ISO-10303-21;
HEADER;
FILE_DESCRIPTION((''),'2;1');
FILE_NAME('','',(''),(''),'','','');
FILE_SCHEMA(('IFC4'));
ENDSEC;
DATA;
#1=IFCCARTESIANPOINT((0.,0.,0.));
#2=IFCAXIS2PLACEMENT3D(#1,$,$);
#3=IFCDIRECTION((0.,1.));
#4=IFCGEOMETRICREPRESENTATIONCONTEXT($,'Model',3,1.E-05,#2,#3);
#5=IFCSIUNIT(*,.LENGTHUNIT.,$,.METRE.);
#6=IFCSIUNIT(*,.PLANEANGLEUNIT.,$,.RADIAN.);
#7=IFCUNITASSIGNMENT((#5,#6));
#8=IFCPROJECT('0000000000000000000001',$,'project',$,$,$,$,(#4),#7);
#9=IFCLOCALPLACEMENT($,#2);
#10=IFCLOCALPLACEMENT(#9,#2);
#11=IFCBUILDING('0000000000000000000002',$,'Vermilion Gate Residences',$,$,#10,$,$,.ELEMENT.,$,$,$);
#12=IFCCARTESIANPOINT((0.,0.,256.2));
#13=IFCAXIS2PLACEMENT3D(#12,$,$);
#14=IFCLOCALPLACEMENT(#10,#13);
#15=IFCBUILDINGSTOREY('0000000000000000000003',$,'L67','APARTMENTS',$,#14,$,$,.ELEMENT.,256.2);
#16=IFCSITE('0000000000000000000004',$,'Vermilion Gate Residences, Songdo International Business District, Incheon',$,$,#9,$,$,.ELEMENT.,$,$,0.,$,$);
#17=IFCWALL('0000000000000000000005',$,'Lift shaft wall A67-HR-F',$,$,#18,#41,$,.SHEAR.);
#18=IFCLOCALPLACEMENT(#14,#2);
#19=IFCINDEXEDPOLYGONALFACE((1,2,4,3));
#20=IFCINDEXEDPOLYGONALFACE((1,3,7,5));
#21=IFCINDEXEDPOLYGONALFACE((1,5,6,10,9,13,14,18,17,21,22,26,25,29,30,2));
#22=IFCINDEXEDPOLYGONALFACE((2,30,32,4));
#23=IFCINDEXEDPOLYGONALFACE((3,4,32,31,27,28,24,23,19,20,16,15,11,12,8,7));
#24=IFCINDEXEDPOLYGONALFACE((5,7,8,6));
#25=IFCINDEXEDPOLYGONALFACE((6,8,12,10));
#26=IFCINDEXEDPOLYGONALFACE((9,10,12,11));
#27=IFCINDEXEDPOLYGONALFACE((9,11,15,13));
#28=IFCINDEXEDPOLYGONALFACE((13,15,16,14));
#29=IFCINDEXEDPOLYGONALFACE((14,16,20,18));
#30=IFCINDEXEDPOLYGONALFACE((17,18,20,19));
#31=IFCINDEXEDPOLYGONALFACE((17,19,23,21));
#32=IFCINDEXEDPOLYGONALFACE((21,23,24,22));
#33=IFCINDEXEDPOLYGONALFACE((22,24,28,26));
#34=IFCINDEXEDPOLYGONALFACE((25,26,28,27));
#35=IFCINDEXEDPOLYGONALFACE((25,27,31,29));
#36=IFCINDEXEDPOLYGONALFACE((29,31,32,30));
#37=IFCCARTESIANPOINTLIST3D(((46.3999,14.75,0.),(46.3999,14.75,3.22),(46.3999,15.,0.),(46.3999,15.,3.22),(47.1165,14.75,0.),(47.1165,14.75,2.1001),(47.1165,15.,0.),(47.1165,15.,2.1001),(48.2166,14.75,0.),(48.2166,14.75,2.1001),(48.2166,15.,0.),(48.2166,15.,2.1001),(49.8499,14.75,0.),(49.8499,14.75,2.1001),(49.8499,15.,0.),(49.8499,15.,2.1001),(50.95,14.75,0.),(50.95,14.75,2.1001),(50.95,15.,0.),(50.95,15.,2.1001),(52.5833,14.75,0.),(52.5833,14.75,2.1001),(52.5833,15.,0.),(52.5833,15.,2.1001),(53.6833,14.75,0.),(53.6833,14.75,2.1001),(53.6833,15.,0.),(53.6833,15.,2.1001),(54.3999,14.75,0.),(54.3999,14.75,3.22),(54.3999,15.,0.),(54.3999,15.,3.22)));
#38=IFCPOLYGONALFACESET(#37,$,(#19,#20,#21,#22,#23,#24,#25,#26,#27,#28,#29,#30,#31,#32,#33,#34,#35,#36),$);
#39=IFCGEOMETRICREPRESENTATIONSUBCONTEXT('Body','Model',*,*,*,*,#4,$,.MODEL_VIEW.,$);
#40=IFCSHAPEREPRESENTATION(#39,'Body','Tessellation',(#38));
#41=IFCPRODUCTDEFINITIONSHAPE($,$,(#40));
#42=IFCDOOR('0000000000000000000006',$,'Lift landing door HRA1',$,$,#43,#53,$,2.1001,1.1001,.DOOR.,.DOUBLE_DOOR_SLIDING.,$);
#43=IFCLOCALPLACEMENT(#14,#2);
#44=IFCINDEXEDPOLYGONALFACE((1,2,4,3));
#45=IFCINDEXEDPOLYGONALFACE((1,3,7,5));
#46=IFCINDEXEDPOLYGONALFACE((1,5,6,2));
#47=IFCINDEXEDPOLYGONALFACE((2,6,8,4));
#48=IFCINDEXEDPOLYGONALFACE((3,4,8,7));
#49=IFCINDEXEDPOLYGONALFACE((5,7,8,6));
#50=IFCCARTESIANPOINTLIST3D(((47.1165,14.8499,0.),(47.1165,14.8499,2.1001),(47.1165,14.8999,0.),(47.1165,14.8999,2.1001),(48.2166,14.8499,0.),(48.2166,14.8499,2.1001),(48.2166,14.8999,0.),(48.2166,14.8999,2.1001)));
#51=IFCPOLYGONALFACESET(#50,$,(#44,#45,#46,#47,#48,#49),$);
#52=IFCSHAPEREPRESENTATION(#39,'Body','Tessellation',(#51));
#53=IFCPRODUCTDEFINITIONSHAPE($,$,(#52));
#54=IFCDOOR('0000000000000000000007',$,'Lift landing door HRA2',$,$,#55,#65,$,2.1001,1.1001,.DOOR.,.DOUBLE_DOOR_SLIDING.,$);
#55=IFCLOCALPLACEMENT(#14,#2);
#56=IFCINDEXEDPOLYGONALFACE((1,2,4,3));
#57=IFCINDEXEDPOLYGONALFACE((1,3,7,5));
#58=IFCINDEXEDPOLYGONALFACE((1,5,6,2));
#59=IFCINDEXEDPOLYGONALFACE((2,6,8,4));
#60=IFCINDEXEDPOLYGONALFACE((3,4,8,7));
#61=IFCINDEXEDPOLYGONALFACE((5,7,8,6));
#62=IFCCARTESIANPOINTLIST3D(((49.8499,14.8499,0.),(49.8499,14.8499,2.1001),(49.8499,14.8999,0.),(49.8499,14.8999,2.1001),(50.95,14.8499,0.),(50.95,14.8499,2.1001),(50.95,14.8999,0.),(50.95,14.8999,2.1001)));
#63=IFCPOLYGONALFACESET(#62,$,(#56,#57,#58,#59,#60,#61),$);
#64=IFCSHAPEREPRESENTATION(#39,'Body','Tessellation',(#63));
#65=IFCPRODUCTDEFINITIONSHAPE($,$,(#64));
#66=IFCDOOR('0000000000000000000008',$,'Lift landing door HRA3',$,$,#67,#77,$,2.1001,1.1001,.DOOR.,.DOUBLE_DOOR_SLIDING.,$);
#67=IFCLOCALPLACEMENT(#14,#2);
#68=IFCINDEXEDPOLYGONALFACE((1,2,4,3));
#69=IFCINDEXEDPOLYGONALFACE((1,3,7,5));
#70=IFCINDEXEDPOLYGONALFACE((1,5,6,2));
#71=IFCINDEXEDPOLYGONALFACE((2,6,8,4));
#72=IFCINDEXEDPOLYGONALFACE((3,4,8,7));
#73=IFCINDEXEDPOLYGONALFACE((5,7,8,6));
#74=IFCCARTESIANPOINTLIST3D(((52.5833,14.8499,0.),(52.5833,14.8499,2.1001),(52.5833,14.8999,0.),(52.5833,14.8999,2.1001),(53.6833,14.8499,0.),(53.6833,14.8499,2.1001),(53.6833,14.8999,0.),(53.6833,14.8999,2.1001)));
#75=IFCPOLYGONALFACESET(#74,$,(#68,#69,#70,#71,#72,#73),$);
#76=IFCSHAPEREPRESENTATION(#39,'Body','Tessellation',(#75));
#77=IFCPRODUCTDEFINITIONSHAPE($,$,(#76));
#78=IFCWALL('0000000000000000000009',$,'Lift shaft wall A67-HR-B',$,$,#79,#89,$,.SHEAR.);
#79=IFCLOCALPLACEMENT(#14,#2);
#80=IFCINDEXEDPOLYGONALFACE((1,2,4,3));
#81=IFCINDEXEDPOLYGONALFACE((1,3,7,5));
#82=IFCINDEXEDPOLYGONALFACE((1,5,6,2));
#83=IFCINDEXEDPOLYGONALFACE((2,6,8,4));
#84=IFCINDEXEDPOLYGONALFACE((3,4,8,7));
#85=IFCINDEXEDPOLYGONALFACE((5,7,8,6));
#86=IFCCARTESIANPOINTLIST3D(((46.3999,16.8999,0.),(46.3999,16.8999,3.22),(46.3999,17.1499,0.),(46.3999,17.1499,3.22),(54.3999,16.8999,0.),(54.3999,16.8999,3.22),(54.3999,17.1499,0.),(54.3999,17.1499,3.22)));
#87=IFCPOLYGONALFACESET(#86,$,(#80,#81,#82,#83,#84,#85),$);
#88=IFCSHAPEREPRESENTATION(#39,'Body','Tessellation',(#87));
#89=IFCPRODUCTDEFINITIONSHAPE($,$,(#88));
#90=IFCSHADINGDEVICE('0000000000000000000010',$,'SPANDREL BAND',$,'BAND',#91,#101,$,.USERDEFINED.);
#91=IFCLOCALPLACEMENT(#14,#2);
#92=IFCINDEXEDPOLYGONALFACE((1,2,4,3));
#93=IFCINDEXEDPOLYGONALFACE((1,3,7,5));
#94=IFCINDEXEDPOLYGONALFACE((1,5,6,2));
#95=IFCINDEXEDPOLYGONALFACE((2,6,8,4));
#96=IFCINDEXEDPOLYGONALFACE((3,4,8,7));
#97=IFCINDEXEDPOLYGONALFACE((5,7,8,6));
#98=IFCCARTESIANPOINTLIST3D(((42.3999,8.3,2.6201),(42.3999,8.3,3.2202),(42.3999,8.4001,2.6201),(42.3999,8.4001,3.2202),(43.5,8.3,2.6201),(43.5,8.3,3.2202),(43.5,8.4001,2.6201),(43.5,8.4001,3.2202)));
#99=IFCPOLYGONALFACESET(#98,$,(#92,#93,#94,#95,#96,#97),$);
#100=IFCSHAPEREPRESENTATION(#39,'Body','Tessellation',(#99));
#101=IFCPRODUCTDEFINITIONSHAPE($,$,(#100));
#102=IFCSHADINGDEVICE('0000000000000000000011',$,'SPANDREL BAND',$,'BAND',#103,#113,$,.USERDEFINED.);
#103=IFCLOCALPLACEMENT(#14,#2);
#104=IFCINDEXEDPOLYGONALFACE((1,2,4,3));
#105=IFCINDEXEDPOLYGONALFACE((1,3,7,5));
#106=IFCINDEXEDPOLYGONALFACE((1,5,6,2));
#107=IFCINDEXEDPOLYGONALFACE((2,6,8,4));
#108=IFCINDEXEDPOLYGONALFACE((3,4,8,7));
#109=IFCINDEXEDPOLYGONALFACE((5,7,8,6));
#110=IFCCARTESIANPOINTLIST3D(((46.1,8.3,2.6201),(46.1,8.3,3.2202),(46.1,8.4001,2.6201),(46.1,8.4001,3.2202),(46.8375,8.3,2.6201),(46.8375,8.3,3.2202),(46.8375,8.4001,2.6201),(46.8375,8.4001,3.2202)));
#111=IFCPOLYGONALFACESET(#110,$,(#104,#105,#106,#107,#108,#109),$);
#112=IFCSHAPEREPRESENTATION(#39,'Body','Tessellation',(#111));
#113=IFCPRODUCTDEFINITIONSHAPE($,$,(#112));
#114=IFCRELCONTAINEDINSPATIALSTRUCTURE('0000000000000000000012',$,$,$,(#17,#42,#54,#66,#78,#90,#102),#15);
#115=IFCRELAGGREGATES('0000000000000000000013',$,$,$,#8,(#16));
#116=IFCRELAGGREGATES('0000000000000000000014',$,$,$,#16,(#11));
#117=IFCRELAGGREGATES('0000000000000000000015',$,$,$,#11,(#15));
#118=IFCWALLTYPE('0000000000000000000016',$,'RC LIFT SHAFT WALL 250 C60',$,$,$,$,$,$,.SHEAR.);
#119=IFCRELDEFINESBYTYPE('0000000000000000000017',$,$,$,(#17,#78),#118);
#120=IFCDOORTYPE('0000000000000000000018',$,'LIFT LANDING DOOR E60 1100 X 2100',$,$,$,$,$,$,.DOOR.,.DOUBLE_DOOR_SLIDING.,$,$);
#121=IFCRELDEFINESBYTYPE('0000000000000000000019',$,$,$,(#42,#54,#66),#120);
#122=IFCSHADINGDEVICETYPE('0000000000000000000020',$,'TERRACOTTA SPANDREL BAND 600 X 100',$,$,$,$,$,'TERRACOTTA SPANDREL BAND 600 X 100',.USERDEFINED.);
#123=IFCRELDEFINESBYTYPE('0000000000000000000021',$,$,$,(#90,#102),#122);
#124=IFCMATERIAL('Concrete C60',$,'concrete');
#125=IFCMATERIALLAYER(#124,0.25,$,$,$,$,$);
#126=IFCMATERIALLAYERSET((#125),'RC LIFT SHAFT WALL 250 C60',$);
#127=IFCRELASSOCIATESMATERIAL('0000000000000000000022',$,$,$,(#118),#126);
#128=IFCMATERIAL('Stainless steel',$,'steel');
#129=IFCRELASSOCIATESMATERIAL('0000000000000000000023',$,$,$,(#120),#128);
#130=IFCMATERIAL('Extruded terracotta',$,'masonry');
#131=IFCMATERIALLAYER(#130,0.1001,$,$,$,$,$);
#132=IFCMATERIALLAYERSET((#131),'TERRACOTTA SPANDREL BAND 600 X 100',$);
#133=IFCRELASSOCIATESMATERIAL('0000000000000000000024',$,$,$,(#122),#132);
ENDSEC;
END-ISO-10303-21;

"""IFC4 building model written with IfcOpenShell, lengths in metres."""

from ifc_helpers import new_model, si_unit, direction, frame, frame_2d, origin, origin_2d, place, context, subcontext, project, spatial, rectangle, extrude, material, layer, layer_set, type_object, element, fill, save


model = new_model("IFC4")

# Units and contexts
model_context = context("Model", 3, precision=1e-05, world=origin(), true_north=direction((0.0, 1.0)))
body_context = subcontext(model_context, "Body", "Model", "MODEL_VIEW")
ifc_project = project(units=[si_unit("LENGTHUNIT", "METRE"), si_unit("PLANEANGLEUNIT", "RADIAN")], contexts=[model_context])

# Site, building, storey
site_placement = place(None, origin())
site = spatial("IfcSite", under=ifc_project, at=site_placement, Name="Vermilion Gate Residences, Songdo International Business District, Incheon", CompositionType="ELEMENT", RefElevation=0.0)
building_placement = place(site_placement, origin())
building = spatial("IfcBuilding", under=site, at=building_placement, Name="Vermilion Gate Residences", CompositionType="ELEMENT")
storey_placement = place(building_placement, frame((0.0, 0.0, 256.2)))
storey = spatial("IfcBuildingStorey", under=building, at=storey_placement, Name="L67", Description="APARTMENTS", CompositionType="ELEMENT", Elevation=256.2)

# Wall, openings, doors
ifc_material_1 = material(Name="Concrete C60", Category="concrete")
ifc_layer_1 = layer(ifc_material_1, 0.25)
ifc_layer_set_1 = layer_set([ifc_layer_1], Name="RC LIFT SHAFT WALL 250 C60")
wall_type_1 = type_object("IfcWallType", Name="RC LIFT SHAFT WALL 250 C60", PredefinedType="SHEAR", material=ifc_layer_set_1)
wall_1_placement = place(storey_placement, frame((46.3999, 14.875, 0.0), z_axis=(0.0, 0.0, 1.0), x_axis=(1.0, 0.0, 0.0)))
wall_1 = element("IfcWall", 1, at=wall_1_placement, inside=storey, type_object=wall_type_1, Name="Lift shaft wall A67-HR-F", PredefinedType="SHEAR", context=body_context, shape_type="SweptSolid", body=[
    extrude(rectangle(XDim=8.0, YDim=0.25, at=frame_2d((4.0, 0.0))), origin(), (0.0, 0.0, 1.0), 3.22),
])
opening_1_placement = place(wall_1_placement, frame((0.7166, 0.0, 0.0)))
opening_1 = element("IfcOpeningElement", 2, at=opening_1_placement, cuts=wall_1, PredefinedType="OPENING", context=body_context, shape_type="SweptSolid", body=[
    extrude(rectangle(XDim=1.1001, YDim=2.1001, at=frame_2d((0.55, 1.05))), frame((0.0, 0.135, 0.0), z_axis=(0.0, -1.0, 0.0), x_axis=(1.0, 0.0, 0.0)), (0.0, 0.0, 1.0), 0.27),
])
opening_2_placement = place(wall_1_placement, frame((3.45, 0.0, 0.0)))
opening_2 = element("IfcOpeningElement", 3, at=opening_2_placement, cuts=wall_1, PredefinedType="OPENING", context=body_context, shape_type="SweptSolid", body=[
    extrude(rectangle(XDim=1.1001, YDim=2.1001, at=frame_2d((0.55, 1.05))), frame((0.0, 0.135, 0.0), z_axis=(0.0, -1.0, 0.0), x_axis=(1.0, 0.0, 0.0)), (0.0, 0.0, 1.0), 0.27),
])
opening_3_placement = place(wall_1_placement, frame((6.1833, 0.0, 0.0)))
opening_3 = element("IfcOpeningElement", 4, at=opening_3_placement, cuts=wall_1, PredefinedType="OPENING", context=body_context, shape_type="SweptSolid", body=[
    extrude(rectangle(XDim=1.1001, YDim=2.1001, at=frame_2d((0.55, 1.05))), frame((0.0, 0.135, 0.0), z_axis=(0.0, -1.0, 0.0), x_axis=(1.0, 0.0, 0.0)), (0.0, 0.0, 1.0), 0.27),
])
ifc_material_2 = material(Name="Stainless steel", Category="steel")
door_type_1 = type_object("IfcDoorType", Name="LIFT LANDING DOOR E60 1100 X 2100", OperationType="DOUBLE_DOOR_SLIDING", PredefinedType="DOOR", material=ifc_material_2)
door_1_placement = place(opening_1_placement, origin())
door_1 = element("IfcDoor", 5, at=door_1_placement, inside=storey, type_object=door_type_1, Name="Lift landing door HRA1", OperationType="DOUBLE_DOOR_SLIDING", OverallHeight=2.1001, OverallWidth=1.1001, PredefinedType="DOOR", context=body_context, shape_type="SweptSolid", body=[
    extrude(rectangle(XDim=1.1001, YDim=2.1001, at=frame_2d((0.55, 1.05))), frame((0.0, 0.0249, 0.0), z_axis=(0.0, -1.0, 0.0), x_axis=(1.0, 0.0, 0.0)), (0.0, 0.0, 1.0), 0.05),
])
fill(opening_1, door_1)
door_2_placement = place(opening_2_placement, origin())
door_2 = element("IfcDoor", 6, at=door_2_placement, inside=storey, type_object=door_type_1, Name="Lift landing door HRA2", OperationType="DOUBLE_DOOR_SLIDING", OverallHeight=2.1001, OverallWidth=1.1001, PredefinedType="DOOR", context=body_context, shape_type="SweptSolid", body=[
    extrude(rectangle(XDim=1.1001, YDim=2.1001, at=frame_2d((0.55, 1.05))), frame((0.0, 0.0249, 0.0), z_axis=(0.0, -1.0, 0.0), x_axis=(1.0, 0.0, 0.0)), (0.0, 0.0, 1.0), 0.05),
])
fill(opening_2, door_2)
door_3_placement = place(opening_3_placement, origin())
door_3 = element("IfcDoor", 7, at=door_3_placement, inside=storey, type_object=door_type_1, Name="Lift landing door HRA3", OperationType="DOUBLE_DOOR_SLIDING", OverallHeight=2.1001, OverallWidth=1.1001, PredefinedType="DOOR", context=body_context, shape_type="SweptSolid", body=[
    extrude(rectangle(XDim=1.1001, YDim=2.1001, at=frame_2d((0.55, 1.05))), frame((0.0, 0.0249, 0.0), z_axis=(0.0, -1.0, 0.0), x_axis=(1.0, 0.0, 0.0)), (0.0, 0.0, 1.0), 0.05),
])
fill(opening_3, door_3)

# Wall
wall_2_placement = place(storey_placement, frame((46.3999, 17.0249, 0.0), z_axis=(0.0, 0.0, 1.0), x_axis=(1.0, 0.0, 0.0)))
element("IfcWall", 8, at=wall_2_placement, inside=storey, type_object=wall_type_1, Name="Lift shaft wall A67-HR-B", PredefinedType="SHEAR", context=body_context, shape_type="SweptSolid", body=[
    extrude(rectangle(XDim=8.0, YDim=0.25, at=frame_2d((4.0, 0.0))), origin(), (0.0, 0.0, 1.0), 3.22),
])

# Shading devices
ifc_material_3 = material(Name="Extruded terracotta", Category="masonry")
ifc_layer_2 = layer(ifc_material_3, 0.1001)
ifc_layer_set_2 = layer_set([ifc_layer_2], Name="TERRACOTTA SPANDREL BAND 600 X 100")
shading_device_type = type_object("IfcShadingDeviceType", Name="TERRACOTTA SPANDREL BAND 600 X 100", ElementType="TERRACOTTA SPANDREL BAND 600 X 100", PredefinedType="USERDEFINED", material=ifc_layer_set_2)
shading_device_1_placement = place(storey_placement, frame((42.95, 8.3501, 2.6201), z_axis=(0.0, 0.0, 1.0), x_axis=(1.0, 0.0, 0.0)))
element("IfcShadingDevice", 9, at=shading_device_1_placement, inside=storey, type_object=shading_device_type, Name="SPANDREL BAND", ObjectType="BAND", PredefinedType="USERDEFINED", context=body_context, shape_type="SweptSolid", body=[
    extrude(rectangle(XDim=1.1001, YDim=0.1001, at=origin_2d()), origin(), (0.0, 0.0, 1.0), 0.6001),
])
shading_device_2_placement = place(storey_placement, frame((46.4688, 8.3501, 2.6201), z_axis=(0.0, 0.0, 1.0), x_axis=(1.0, 0.0, 0.0)))
element("IfcShadingDevice", 10, at=shading_device_2_placement, inside=storey, type_object=shading_device_type, Name="SPANDREL BAND", ObjectType="BAND", PredefinedType="USERDEFINED", context=body_context, shape_type="SweptSolid", body=[
    extrude(rectangle(XDim=0.7375, YDim=0.1001, at=origin_2d()), origin(), (0.0, 0.0, 1.0), 0.6001),
])

save(model, "model.ifc")
